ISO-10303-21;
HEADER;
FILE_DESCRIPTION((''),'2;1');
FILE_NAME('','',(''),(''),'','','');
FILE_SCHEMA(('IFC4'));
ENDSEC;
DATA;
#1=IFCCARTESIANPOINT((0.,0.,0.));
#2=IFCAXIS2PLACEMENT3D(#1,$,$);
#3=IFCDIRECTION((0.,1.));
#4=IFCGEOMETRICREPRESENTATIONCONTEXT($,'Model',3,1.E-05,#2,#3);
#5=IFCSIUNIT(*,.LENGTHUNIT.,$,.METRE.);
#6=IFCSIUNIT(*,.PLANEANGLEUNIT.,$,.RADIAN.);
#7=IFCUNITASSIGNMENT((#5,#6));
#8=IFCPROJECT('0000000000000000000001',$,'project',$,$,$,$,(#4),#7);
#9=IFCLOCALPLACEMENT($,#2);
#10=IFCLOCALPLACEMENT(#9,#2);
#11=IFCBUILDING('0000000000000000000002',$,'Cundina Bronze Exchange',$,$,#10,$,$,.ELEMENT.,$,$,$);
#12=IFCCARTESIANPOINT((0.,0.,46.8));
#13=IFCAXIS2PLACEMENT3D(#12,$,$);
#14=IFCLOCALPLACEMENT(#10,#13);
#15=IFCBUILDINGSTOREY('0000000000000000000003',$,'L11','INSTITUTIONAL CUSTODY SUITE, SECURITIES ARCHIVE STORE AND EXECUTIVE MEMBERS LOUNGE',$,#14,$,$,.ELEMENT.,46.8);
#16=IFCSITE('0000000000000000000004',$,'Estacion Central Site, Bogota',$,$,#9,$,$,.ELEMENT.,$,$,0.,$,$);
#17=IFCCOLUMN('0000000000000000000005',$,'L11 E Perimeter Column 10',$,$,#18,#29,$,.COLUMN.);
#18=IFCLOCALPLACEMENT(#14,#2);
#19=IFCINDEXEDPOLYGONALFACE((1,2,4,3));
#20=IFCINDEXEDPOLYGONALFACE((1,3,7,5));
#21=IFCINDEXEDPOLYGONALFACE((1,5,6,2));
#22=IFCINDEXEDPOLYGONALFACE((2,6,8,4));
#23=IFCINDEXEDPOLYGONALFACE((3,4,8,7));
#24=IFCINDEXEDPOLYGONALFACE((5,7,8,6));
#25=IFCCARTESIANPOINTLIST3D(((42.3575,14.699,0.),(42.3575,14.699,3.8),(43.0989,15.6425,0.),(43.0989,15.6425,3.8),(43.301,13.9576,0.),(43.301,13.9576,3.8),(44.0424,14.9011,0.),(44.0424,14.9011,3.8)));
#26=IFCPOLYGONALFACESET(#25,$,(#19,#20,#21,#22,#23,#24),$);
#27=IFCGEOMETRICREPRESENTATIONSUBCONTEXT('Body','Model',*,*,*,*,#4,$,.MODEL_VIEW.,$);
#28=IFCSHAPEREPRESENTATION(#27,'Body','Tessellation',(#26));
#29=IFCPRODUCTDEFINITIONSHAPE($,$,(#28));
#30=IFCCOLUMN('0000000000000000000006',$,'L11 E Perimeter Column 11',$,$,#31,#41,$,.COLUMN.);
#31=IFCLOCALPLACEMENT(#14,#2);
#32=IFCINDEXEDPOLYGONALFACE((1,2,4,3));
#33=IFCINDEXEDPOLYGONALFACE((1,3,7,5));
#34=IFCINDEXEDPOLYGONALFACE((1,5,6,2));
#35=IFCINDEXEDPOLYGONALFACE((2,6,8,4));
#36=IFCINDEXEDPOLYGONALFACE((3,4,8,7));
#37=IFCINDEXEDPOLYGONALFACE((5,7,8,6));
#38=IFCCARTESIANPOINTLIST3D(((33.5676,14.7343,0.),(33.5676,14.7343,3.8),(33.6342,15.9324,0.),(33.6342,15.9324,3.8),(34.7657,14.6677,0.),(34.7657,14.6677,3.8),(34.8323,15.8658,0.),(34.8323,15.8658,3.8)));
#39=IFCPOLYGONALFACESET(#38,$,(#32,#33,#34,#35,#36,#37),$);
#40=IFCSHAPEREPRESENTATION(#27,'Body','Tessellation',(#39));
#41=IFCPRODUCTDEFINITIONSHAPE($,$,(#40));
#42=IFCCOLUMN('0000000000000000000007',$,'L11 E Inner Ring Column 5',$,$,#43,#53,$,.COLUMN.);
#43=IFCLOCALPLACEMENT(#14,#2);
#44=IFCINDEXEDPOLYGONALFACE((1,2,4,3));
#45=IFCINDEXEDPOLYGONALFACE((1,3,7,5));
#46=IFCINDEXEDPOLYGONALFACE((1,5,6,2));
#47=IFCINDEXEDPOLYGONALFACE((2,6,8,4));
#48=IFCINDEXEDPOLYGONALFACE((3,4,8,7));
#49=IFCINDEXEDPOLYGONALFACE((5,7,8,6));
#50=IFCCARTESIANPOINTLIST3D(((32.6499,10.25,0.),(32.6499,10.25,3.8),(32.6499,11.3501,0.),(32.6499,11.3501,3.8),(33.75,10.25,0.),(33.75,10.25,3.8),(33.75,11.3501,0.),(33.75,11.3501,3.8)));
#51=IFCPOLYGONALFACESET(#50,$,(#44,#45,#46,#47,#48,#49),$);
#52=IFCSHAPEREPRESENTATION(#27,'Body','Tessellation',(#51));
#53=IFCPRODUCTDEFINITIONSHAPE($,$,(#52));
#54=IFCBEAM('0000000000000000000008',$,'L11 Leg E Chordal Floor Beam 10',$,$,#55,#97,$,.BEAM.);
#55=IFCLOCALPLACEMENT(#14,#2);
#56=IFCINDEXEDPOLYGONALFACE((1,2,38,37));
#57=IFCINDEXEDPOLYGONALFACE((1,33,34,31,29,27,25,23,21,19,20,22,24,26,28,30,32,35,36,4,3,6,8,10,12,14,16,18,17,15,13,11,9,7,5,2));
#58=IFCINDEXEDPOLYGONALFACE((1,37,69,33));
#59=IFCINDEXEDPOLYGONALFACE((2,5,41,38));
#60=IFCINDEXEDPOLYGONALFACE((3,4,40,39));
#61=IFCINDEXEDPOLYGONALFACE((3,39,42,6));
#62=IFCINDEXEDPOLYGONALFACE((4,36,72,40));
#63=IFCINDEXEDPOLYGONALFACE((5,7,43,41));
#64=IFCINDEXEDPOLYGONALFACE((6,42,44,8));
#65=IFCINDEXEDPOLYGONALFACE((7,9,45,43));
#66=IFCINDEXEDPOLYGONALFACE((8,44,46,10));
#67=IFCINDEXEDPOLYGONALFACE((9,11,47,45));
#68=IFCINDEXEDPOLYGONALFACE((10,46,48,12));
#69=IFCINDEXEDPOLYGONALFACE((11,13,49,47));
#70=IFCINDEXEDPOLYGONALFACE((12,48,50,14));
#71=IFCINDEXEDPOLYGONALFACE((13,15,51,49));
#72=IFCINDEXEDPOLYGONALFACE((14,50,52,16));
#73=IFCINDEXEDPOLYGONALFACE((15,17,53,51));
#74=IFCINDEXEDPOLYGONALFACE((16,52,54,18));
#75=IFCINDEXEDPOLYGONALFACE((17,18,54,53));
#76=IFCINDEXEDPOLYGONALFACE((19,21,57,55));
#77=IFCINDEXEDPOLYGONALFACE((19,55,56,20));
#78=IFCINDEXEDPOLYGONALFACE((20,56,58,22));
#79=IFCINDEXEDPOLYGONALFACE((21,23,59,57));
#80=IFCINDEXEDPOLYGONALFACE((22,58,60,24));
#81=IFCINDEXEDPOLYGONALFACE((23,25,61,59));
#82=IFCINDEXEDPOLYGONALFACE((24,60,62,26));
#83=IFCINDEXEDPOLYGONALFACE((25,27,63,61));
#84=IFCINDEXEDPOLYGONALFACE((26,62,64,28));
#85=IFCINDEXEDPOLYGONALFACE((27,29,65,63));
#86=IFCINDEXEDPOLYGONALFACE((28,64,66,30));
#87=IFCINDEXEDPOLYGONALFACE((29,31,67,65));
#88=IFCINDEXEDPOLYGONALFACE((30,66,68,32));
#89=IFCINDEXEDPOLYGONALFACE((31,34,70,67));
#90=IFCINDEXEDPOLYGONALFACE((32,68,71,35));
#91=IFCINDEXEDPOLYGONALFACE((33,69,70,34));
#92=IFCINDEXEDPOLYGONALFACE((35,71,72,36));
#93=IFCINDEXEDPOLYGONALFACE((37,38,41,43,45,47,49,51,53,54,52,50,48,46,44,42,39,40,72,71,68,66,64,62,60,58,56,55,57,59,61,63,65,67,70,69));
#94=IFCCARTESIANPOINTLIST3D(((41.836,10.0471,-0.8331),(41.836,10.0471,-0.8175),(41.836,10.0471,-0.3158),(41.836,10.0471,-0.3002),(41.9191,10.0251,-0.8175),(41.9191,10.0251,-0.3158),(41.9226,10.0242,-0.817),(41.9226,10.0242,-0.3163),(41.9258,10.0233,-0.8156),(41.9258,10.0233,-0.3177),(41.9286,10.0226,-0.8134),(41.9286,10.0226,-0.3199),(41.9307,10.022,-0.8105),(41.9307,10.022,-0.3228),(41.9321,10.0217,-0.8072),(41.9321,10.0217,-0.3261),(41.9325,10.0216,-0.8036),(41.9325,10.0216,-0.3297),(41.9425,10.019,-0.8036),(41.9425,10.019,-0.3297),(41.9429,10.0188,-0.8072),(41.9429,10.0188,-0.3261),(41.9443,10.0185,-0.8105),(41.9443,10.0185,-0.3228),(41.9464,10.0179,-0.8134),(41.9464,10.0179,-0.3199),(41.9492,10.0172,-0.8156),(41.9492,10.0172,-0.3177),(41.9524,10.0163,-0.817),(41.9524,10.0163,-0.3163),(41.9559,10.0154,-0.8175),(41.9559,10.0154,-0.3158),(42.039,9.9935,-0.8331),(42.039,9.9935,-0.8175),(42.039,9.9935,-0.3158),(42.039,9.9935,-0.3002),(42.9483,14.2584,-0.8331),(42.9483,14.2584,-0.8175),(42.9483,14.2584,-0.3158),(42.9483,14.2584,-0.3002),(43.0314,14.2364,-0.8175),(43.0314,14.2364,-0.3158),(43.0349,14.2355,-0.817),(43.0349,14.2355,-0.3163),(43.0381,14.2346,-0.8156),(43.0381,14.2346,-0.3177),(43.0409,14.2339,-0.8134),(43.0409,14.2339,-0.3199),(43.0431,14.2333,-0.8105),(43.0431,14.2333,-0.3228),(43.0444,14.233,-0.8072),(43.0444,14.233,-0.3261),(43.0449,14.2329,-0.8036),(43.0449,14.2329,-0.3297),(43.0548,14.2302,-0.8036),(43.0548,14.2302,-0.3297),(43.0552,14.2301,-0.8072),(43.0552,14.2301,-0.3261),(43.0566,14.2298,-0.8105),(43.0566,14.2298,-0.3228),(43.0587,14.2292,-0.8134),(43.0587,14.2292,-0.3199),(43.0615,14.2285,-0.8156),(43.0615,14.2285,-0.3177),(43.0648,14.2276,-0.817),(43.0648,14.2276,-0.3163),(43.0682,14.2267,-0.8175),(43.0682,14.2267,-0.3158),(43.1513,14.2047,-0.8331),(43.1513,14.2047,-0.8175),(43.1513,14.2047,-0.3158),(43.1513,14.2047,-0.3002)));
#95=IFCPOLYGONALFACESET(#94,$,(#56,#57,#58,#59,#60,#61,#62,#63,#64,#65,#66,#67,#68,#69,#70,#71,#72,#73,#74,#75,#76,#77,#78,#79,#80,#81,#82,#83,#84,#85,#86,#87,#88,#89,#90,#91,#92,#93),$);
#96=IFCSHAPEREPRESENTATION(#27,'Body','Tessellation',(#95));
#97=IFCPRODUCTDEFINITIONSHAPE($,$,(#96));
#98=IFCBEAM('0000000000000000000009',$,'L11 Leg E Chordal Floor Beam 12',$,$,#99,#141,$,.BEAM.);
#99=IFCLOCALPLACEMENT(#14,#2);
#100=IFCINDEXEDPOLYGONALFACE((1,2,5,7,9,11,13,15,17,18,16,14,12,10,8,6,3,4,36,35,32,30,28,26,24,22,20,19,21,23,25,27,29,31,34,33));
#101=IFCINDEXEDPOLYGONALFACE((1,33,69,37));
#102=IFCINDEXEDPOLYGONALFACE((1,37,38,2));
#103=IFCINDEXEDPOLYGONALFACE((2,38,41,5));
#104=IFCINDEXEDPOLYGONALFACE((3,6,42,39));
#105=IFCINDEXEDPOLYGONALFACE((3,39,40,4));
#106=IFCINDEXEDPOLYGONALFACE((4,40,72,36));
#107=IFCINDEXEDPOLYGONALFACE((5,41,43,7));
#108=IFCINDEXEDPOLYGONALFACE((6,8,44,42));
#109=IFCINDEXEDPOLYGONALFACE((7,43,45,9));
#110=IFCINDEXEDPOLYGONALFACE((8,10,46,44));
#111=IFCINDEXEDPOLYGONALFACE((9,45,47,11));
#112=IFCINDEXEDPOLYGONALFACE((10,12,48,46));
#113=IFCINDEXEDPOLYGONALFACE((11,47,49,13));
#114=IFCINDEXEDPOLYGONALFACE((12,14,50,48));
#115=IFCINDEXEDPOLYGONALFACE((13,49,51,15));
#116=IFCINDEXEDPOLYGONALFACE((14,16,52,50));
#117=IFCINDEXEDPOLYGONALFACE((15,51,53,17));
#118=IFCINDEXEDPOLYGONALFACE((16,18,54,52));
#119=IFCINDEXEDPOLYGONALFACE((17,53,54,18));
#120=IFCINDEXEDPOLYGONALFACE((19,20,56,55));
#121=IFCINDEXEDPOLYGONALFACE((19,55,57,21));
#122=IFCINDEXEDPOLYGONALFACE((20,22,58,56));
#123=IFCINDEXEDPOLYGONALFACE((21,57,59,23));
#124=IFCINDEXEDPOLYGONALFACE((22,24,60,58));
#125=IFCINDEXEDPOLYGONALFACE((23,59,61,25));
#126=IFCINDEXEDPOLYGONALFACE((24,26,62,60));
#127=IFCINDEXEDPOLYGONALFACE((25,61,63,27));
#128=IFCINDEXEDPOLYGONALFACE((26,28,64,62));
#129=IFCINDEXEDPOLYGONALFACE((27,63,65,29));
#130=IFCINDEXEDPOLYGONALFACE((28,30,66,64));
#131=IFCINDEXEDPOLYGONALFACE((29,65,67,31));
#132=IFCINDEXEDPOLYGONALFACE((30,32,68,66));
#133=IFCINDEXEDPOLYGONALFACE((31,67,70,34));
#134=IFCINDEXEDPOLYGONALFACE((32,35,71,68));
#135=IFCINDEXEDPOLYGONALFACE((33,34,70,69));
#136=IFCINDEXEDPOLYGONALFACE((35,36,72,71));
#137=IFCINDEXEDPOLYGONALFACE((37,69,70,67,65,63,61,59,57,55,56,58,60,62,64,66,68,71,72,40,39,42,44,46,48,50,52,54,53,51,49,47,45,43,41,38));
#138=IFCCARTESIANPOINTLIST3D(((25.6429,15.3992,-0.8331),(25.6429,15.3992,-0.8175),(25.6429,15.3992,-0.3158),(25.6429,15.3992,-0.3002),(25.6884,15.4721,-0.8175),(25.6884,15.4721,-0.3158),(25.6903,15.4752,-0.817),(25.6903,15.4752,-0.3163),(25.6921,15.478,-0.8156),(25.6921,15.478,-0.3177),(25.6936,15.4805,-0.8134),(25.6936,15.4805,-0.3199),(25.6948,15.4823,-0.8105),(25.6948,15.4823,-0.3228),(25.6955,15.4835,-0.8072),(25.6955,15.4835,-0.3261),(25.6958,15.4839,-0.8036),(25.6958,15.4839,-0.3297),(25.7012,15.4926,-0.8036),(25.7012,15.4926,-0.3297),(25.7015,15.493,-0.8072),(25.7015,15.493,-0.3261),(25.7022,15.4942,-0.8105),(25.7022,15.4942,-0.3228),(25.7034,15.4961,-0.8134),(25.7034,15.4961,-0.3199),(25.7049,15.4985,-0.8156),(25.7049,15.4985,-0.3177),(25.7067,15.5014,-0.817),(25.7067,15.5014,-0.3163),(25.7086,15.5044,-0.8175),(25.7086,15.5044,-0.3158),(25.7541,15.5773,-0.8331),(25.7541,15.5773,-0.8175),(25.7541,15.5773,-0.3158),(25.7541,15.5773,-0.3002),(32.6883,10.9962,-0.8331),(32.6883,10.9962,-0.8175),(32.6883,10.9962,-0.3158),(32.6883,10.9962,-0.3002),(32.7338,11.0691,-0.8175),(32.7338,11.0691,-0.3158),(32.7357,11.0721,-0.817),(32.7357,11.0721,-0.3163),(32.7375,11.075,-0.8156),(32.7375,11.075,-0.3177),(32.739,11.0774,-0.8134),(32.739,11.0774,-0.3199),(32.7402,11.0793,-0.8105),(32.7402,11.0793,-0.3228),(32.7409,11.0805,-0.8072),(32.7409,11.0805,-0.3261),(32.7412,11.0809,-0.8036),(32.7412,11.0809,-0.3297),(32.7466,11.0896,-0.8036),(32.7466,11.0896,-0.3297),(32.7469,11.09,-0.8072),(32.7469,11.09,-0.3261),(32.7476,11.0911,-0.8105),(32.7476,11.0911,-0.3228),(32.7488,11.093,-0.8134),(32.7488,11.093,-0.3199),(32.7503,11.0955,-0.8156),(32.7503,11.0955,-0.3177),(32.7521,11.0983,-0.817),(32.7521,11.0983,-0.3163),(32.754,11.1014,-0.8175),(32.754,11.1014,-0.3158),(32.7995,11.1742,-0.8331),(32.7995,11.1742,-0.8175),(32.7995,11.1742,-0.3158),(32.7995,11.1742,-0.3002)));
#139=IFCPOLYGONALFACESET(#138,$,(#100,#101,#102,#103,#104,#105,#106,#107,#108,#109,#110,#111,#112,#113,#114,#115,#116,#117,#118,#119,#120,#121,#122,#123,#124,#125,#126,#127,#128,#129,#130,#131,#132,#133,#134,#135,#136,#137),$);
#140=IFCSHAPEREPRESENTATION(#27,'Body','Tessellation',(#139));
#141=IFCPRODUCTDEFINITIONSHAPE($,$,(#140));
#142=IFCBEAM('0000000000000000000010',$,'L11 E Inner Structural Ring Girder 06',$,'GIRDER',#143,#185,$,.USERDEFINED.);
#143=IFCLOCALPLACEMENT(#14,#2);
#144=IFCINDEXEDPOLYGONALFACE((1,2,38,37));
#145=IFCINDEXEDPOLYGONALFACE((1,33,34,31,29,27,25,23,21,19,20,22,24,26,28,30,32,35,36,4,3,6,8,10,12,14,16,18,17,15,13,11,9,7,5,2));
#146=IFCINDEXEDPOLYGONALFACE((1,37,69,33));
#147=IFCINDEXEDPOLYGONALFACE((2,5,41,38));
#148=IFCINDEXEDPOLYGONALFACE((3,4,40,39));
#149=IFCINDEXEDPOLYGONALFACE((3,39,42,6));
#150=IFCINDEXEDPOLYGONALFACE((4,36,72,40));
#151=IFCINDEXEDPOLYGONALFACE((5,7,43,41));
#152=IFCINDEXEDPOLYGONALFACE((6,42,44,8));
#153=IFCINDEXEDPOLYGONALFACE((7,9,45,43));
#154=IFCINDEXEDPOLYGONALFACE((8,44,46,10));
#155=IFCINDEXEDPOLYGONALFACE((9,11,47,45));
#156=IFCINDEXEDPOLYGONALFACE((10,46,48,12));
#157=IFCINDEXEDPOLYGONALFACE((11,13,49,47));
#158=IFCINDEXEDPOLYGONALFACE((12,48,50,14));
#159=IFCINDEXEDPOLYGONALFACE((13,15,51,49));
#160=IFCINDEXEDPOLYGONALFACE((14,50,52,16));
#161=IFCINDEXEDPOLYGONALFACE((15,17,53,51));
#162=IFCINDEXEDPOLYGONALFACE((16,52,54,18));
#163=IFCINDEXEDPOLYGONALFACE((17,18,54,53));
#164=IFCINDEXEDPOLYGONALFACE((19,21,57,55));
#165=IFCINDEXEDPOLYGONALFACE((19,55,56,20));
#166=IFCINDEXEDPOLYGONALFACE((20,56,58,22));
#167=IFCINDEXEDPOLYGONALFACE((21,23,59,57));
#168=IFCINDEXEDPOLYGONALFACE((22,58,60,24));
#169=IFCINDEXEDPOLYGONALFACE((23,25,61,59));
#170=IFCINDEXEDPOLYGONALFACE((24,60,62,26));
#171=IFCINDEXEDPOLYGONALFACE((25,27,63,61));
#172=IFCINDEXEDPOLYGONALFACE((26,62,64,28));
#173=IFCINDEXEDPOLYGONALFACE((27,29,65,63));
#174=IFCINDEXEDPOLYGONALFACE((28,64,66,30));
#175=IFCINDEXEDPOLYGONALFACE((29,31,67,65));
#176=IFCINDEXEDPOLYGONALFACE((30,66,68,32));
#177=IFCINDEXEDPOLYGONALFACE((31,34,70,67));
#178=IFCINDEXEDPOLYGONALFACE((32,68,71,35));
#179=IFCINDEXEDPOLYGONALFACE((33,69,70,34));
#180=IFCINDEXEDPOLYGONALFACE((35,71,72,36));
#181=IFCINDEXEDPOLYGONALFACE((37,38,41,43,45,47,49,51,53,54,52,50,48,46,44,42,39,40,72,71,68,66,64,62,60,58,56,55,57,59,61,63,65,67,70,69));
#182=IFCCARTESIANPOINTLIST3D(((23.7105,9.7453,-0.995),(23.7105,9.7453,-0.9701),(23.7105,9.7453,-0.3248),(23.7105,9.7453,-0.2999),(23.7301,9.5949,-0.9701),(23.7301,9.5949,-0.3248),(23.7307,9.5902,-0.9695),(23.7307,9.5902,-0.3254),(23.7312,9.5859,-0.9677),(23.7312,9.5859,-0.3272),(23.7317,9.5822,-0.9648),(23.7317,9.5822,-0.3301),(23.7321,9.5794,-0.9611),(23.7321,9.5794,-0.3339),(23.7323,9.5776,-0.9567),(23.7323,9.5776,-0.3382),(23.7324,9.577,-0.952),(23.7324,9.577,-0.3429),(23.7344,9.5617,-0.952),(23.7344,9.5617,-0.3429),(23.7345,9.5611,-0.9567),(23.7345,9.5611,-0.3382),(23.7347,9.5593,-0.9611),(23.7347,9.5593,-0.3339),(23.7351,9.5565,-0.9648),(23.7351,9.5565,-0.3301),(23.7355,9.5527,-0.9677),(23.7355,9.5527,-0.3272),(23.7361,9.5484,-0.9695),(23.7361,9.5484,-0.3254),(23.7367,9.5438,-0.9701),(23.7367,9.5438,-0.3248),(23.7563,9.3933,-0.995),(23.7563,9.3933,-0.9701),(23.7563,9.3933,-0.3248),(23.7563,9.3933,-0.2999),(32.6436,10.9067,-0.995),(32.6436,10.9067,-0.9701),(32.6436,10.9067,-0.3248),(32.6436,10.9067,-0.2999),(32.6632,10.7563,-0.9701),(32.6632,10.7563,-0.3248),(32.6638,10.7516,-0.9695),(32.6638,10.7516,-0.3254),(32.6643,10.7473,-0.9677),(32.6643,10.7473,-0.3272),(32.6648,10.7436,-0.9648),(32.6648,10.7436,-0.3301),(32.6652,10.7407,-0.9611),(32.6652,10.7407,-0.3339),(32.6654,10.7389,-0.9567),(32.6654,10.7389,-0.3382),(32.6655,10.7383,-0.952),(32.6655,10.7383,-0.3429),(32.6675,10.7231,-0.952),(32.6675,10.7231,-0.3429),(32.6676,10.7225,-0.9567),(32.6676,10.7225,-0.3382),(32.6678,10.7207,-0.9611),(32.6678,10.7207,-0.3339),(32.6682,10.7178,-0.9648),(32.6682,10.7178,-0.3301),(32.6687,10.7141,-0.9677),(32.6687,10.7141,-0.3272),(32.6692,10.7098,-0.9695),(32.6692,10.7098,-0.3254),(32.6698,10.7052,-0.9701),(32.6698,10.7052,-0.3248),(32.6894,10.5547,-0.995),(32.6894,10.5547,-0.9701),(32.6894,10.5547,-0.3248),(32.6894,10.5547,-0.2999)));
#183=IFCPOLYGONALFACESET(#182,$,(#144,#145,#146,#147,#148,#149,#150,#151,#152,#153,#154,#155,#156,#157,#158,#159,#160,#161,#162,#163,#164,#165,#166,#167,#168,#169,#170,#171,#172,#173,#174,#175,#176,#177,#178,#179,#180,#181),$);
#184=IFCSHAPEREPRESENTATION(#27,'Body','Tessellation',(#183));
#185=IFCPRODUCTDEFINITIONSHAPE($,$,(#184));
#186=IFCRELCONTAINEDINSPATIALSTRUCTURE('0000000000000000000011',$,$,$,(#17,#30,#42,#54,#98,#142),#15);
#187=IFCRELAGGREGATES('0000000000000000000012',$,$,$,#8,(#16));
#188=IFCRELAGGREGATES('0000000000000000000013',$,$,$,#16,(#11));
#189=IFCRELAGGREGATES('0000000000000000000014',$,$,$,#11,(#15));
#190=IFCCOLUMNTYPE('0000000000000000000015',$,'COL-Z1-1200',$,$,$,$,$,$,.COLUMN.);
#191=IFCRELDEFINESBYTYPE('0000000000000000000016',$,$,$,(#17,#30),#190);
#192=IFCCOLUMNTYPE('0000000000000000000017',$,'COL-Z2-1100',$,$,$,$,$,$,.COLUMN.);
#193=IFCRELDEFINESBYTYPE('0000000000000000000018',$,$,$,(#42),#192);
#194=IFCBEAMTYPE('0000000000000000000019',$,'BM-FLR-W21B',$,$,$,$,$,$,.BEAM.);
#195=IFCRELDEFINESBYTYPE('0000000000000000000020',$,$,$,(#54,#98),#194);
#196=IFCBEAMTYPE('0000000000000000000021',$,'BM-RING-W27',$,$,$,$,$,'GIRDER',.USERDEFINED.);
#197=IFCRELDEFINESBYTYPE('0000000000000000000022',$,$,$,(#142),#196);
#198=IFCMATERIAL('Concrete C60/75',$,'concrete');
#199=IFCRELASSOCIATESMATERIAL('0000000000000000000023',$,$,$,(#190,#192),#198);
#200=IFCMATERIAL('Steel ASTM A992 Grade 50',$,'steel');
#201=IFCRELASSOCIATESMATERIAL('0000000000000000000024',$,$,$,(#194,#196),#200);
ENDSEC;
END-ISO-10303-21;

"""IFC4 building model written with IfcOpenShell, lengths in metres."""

from ifc_helpers import new_model, si_unit, direction, frame, origin, origin_2d, place, context, subcontext, project, spatial, rectangle, i_section, extrude, material, material_profile, profile_set, type_object, element, save


model = new_model("IFC4")

# Units and contexts
model_context = context("Model", 3, precision=1e-05, world=origin(), true_north=direction((0.0, 1.0)))
body_context = subcontext(model_context, "Body", "Model", "MODEL_VIEW")
ifc_project = project(units=[si_unit("LENGTHUNIT", "METRE"), si_unit("PLANEANGLEUNIT", "RADIAN")], contexts=[model_context])

# Site, building, storey
site_placement = place(None, origin())
site = spatial("IfcSite", under=ifc_project, at=site_placement, Name="Estacion Central Site, Bogota", CompositionType="ELEMENT", RefElevation=0.0)
building_placement = place(site_placement, origin())
building = spatial("IfcBuilding", under=site, at=building_placement, Name="Cundina Bronze Exchange", CompositionType="ELEMENT")
storey_placement = place(building_placement, frame((0.0, 0.0, 46.8)))
storey = spatial("IfcBuildingStorey", under=building, at=storey_placement, Name="L11", Description="INSTITUTIONAL CUSTODY SUITE, SECURITIES ARCHIVE STORE AND EXECUTIVE MEMBERS LOUNGE", CompositionType="ELEMENT", Elevation=46.8)

# Columns
ifc_material_1 = material(Name="Concrete C60/75", Category="concrete")
ifc_material_profile_1 = material_profile(ifc_material_1, rectangle(XDim=1.2, YDim=1.2, at=origin_2d()), Name="RC1200X1200", Category="concrete")
ifc_profile_set_1 = profile_set([ifc_material_profile_1], Name="Concrete C60/75")
column_type_1 = type_object("IfcColumnType", Name="COL-Z1-1200", PredefinedType="COLUMN", material=ifc_profile_set_1)
for number, where, z_axis, x_axis, name in (
    (1, (43.2, 14.8, 0.0), (0.0, 0.0, 1.0), (-0.786288, 0.61786, 0.0), "L11 E Perimeter Column 10"),
    (2, (34.2, 15.3, 0.0), (0.0, 0.0, 1.0), (-0.99846, 0.055473, 0.0), "L11 E Perimeter Column 11"),
):
    element("IfcColumn", number, at=place(storey_placement, frame(where, z_axis=z_axis, x_axis=x_axis)), inside=storey, type_object=column_type_1, Name=name, PredefinedType="COLUMN", context=body_context, shape_type="SweptSolid", body=[
        extrude(rectangle(XDim=1.2, YDim=1.2, at=origin_2d()), origin(), (0.0, 0.0, 1.0), 3.8),
    ])
ifc_material_profile_2 = material_profile(ifc_material_1, rectangle(XDim=1.1001, YDim=1.1001, at=origin_2d()), Name="RC1100X1100", Category="concrete")
ifc_profile_set_2 = profile_set([ifc_material_profile_2], Name="Concrete C60/75")
column_type_2 = type_object("IfcColumnType", Name="COL-Z2-1100", PredefinedType="COLUMN", material=ifc_profile_set_2)
column_placement = place(storey_placement, frame((33.2, 10.8, 0.0), z_axis=(0.0, 0.0, 1.0), x_axis=(1.0, 0.0, 0.0)))
element("IfcColumn", 3, at=column_placement, inside=storey, type_object=column_type_2, Name="L11 E Inner Ring Column 5", PredefinedType="COLUMN", context=body_context, shape_type="SweptSolid", body=[
    extrude(rectangle(XDim=1.1001, YDim=1.1001, at=origin_2d()), origin(), (0.0, 0.0, 1.0), 3.8),
])

# Beams
ifc_material_2 = material(Name="Steel ASTM A992 Grade 50", Category="steel")
ifc_material_profile_3 = material_profile(ifc_material_2, i_section(OverallWidth=0.21, OverallDepth=0.533, WebThickness=0.0103, FlangeThickness=0.0156, FilletRadius=0.0139, at=origin_2d()), Name="W21X62", Category="steel")
ifc_profile_set_3 = profile_set([ifc_material_profile_3], Name="Steel ASTM A992 Grade 50")
beam_type_1 = type_object("IfcBeamType", Name="BM-FLR-W21B", PredefinedType="BEAM", material=ifc_profile_set_3)
beam_1_placement = place(storey_placement, frame((41.9375, 10.0203, -0.5667), z_axis=(0.255373, 0.966843, 0.0), x_axis=(-0.966843, 0.255373, 0.0)))
element("IfcBeam", 4, at=beam_1_placement, inside=storey, type_object=beam_type_1, Name="L11 Leg E Chordal Floor Beam 10", PredefinedType="BEAM", context=body_context, shape_type="SweptSolid", body=[
    extrude(i_section(OverallWidth=0.21, OverallDepth=0.533, WebThickness=0.0103, FlangeThickness=0.0156, FilletRadius=0.0139, at=origin_2d()), origin(), (0.0, 0.0, 1.0), 4.3557),
])
beam_2_placement = place(storey_placement, frame((32.7439, 11.0852, -0.5667), z_axis=(-0.848015, 0.529973, 0.0), x_axis=(-0.529973, -0.848015, 0.0)))
element("IfcBeam", 5, at=beam_2_placement, inside=storey, type_object=beam_type_1, Name="L11 Leg E Chordal Floor Beam 12", PredefinedType="BEAM", context=body_context, shape_type="SweptSolid", body=[
    extrude(i_section(OverallWidth=0.21, OverallDepth=0.533, WebThickness=0.0103, FlangeThickness=0.0156, FilletRadius=0.0139, at=origin_2d()), origin(), (0.0, 0.0, 1.0), 8.3081),
])
ifc_material_profile_4 = material_profile(ifc_material_2, i_section(OverallWidth=0.355, OverallDepth=0.6951, WebThickness=0.0154, FlangeThickness=0.0249, FilletRadius=0.0181, at=origin_2d()), Name="W27X146", Category="steel")
ifc_profile_set_4 = profile_set([ifc_material_profile_4], Name="Steel ASTM A992 Grade 50")
beam_type_2 = type_object("IfcBeamType", Name="BM-RING-W27", ElementType="GIRDER", PredefinedType="USERDEFINED", material=ifc_profile_set_4)
beam_3_placement = place(storey_placement, frame((32.6665, 10.7307, -0.6475), z_axis=(-0.991655, -0.128923, 0.0), x_axis=(0.128923, -0.991655, 0.0)))
element("IfcBeam", 6, at=beam_3_placement, inside=storey, type_object=beam_type_2, Name="L11 E Inner Structural Ring Girder 06", ObjectType="GIRDER", PredefinedType="USERDEFINED", context=body_context, shape_type="SweptSolid", body=[
    extrude(i_section(OverallWidth=0.355, OverallDepth=0.6951, WebThickness=0.0154, FlangeThickness=0.0249, FilletRadius=0.0181, at=origin_2d()), origin(), (0.0, 0.0, 1.0), 9.0083),
])

save(model, "model.ifc")
